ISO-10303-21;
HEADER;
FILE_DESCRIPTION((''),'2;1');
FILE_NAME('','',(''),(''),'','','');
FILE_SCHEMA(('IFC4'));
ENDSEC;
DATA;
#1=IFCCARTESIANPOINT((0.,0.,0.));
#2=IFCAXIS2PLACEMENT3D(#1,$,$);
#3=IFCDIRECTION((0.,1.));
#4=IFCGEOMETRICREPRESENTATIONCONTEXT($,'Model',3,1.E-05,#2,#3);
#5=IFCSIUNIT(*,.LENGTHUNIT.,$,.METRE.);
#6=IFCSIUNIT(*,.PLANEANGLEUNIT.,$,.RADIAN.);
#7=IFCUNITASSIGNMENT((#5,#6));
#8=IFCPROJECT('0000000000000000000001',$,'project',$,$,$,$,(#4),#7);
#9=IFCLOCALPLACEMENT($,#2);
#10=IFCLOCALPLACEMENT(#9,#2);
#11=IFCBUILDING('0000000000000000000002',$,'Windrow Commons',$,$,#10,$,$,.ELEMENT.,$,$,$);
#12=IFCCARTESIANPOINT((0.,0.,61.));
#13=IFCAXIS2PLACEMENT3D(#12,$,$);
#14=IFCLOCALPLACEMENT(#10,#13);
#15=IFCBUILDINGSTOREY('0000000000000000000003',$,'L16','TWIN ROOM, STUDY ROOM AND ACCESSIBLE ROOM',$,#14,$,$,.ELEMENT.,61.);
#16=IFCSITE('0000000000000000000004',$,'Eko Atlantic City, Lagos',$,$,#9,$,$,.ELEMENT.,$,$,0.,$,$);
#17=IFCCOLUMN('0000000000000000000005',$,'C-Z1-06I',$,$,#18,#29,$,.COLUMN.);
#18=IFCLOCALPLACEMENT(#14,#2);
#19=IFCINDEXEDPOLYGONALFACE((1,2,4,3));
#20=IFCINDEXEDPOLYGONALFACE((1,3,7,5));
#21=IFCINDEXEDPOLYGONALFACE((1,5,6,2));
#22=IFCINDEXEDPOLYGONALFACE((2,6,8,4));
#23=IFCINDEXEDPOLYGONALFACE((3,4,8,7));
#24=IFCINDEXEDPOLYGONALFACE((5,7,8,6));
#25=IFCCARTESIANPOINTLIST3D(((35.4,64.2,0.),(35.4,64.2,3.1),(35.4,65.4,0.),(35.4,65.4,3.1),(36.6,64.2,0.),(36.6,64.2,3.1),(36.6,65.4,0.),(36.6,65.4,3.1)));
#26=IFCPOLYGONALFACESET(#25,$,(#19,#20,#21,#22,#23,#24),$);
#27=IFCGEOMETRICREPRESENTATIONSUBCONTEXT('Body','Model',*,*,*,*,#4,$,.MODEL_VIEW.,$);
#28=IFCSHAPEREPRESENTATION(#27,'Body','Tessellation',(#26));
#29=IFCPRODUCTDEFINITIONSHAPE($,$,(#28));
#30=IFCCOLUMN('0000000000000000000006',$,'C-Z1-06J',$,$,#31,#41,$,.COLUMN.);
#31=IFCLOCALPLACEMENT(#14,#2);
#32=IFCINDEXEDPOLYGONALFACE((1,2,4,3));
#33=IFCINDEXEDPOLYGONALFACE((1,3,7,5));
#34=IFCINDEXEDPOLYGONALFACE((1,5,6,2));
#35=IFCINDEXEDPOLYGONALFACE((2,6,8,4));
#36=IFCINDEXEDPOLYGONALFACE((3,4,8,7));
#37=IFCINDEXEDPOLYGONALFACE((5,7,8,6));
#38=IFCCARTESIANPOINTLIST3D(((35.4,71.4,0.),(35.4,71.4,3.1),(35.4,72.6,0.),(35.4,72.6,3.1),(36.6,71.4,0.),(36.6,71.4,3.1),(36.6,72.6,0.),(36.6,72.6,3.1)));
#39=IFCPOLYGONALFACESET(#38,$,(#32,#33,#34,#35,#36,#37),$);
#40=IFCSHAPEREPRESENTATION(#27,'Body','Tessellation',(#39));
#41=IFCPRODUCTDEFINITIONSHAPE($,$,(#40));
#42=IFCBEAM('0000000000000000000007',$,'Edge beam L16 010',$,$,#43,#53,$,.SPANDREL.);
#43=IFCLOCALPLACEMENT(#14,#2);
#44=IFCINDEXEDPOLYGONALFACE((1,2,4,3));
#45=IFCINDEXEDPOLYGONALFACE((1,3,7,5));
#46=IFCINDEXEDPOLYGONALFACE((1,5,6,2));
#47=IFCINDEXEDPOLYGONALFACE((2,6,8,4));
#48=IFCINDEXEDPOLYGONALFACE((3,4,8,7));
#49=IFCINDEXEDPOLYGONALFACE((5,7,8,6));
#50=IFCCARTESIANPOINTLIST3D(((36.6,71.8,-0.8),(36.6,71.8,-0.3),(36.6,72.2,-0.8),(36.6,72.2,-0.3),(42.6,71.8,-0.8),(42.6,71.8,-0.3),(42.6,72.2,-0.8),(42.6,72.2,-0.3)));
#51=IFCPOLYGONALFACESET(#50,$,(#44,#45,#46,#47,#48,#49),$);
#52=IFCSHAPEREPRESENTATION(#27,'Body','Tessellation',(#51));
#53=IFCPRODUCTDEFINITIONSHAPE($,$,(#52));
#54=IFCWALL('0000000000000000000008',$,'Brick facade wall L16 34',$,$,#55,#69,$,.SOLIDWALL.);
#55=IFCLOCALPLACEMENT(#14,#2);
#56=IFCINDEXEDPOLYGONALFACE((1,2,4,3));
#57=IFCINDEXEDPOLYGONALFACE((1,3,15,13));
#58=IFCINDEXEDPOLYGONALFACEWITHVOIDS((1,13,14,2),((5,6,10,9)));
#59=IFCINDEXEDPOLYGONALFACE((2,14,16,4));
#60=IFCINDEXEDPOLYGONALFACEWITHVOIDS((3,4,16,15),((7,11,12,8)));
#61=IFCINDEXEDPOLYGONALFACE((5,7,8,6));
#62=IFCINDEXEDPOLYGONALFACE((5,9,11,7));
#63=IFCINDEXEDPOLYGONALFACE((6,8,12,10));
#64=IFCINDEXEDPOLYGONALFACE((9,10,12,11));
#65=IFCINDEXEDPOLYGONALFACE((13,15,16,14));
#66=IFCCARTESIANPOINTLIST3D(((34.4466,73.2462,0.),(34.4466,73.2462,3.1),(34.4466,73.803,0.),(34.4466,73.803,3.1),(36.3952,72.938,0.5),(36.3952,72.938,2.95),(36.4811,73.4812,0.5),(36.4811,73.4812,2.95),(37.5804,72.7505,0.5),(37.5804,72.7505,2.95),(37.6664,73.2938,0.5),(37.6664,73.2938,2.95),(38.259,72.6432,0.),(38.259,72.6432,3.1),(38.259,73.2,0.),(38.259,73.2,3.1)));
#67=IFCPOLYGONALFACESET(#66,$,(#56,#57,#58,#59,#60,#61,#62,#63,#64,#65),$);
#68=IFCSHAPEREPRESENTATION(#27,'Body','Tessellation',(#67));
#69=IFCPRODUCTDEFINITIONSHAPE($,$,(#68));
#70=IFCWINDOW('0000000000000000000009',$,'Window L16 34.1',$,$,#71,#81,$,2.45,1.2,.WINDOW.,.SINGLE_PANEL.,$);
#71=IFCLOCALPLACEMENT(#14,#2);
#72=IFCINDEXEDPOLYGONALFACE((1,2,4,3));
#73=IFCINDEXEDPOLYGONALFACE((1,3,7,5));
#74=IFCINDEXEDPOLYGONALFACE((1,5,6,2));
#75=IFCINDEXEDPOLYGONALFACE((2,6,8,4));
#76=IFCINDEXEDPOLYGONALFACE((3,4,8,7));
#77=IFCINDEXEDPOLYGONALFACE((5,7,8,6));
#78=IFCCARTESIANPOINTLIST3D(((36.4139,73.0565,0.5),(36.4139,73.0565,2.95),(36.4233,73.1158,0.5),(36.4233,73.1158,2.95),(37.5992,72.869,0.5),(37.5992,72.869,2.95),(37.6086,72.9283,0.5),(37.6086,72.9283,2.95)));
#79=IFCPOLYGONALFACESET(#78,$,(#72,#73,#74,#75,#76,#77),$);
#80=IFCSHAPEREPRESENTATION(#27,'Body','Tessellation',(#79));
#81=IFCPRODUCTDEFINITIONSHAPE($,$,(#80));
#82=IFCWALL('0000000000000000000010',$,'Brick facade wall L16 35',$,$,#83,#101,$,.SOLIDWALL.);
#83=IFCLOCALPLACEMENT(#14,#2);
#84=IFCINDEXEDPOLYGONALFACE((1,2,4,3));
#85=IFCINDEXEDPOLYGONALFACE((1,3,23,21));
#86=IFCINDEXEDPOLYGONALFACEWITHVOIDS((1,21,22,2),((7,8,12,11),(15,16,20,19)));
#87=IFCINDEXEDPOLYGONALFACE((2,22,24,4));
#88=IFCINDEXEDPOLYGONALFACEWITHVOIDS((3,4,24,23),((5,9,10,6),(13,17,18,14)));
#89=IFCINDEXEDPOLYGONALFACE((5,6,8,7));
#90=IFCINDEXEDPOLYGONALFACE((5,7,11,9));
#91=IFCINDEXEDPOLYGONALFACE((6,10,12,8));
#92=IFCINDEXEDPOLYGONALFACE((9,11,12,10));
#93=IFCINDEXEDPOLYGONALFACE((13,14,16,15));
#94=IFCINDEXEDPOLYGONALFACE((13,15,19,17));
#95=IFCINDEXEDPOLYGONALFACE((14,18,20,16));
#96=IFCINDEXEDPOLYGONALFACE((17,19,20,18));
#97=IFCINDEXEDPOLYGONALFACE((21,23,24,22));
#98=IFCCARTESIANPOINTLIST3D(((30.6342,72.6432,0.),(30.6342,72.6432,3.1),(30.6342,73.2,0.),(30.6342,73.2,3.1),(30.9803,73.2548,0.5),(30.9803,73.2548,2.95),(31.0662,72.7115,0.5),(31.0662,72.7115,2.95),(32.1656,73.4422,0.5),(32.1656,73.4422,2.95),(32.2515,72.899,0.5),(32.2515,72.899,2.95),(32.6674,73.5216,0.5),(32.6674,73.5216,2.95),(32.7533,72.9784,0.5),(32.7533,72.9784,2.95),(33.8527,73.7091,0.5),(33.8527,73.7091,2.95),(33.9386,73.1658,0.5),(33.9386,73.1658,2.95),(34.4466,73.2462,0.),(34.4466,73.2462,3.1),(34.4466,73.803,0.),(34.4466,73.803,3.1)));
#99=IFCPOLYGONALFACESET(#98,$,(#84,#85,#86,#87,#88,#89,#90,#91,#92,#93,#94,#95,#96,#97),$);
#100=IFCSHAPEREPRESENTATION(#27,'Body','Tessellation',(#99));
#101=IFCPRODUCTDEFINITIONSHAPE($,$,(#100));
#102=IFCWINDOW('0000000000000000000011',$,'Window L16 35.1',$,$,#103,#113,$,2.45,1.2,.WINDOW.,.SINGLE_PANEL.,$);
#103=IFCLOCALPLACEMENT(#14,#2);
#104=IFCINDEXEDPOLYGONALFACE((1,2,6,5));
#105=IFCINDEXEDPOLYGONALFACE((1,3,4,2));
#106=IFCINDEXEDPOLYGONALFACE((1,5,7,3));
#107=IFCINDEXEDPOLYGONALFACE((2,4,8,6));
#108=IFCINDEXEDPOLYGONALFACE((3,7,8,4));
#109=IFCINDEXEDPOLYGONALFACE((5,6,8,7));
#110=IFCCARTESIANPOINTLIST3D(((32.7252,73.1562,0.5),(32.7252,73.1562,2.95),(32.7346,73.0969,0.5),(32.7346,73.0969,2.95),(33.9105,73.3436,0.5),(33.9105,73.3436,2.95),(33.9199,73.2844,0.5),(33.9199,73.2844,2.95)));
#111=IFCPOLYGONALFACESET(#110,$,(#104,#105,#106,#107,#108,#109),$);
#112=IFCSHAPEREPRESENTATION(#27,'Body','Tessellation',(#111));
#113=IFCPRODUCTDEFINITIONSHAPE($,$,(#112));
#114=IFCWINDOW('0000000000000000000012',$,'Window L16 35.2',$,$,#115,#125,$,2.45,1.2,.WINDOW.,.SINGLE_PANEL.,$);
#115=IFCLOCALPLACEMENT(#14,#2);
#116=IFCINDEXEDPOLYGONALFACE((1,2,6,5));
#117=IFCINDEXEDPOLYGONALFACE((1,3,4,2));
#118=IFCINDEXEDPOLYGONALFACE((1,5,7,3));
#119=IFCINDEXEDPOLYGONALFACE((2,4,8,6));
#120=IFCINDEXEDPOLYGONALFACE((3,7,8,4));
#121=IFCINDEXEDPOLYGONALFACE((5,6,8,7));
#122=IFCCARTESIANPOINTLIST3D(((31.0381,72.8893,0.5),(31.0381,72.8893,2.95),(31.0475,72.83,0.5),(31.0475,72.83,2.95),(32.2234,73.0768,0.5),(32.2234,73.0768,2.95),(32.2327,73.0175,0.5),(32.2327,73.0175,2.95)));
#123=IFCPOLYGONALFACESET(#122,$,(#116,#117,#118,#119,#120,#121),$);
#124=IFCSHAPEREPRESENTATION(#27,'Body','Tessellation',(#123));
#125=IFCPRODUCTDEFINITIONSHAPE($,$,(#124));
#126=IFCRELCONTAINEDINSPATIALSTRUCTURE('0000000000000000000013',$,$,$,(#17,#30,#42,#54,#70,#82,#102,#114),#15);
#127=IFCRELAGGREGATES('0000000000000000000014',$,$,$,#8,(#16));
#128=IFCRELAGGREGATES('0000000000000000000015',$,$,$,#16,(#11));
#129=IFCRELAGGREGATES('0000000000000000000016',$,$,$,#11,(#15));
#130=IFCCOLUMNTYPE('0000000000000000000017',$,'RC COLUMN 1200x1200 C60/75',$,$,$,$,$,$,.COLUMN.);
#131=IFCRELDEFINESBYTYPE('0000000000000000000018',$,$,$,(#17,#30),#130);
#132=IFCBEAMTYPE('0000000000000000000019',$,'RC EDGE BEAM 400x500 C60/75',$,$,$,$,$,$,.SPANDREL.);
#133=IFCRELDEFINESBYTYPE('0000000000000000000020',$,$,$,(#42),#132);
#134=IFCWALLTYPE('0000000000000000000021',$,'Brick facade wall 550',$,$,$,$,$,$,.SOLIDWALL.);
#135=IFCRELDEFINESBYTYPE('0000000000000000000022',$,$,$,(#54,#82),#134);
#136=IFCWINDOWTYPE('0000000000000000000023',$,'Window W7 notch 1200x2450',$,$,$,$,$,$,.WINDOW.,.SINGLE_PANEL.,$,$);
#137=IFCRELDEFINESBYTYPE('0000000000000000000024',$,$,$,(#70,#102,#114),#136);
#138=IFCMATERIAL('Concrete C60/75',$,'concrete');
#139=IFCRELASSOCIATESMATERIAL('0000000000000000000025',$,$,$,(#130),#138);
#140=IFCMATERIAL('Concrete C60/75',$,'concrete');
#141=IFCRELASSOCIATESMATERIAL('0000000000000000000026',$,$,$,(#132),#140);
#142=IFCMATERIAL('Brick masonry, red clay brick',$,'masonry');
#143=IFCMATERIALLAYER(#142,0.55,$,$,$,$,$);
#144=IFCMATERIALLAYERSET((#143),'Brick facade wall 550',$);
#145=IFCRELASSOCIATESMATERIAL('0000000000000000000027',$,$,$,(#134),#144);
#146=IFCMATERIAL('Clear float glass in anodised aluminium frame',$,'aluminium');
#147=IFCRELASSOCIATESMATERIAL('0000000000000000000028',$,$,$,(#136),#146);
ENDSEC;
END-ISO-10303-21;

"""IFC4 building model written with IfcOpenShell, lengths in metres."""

from ifc_helpers import new_model, si_unit, direction, frame, frame_2d, origin, origin_2d, place, context, subcontext, project, spatial, polyline, rectangle, outline, extrude, material, layer, layer_set, material_profile, profile_set, type_object, element, fill, save


model = new_model("IFC4")

# Units and contexts
model_context = context("Model", 3, precision=1e-05, world=origin(), true_north=direction((0.0, 1.0)))
body_context = subcontext(model_context, "Body", "Model", "MODEL_VIEW")
ifc_project = project(units=[si_unit("LENGTHUNIT", "METRE"), si_unit("PLANEANGLEUNIT", "RADIAN")], contexts=[model_context])

# Site, building, storey
site_placement = place(None, origin())
site = spatial("IfcSite", under=ifc_project, at=site_placement, Name="Eko Atlantic City, Lagos", CompositionType="ELEMENT", RefElevation=0.0)
building_placement = place(site_placement, origin())
building = spatial("IfcBuilding", under=site, at=building_placement, Name="Windrow Commons", CompositionType="ELEMENT")
storey_placement = place(building_placement, frame((0.0, 0.0, 61.0)))
storey = spatial("IfcBuildingStorey", under=building, at=storey_placement, Name="L16", Description="TWIN ROOM, STUDY ROOM AND ACCESSIBLE ROOM", CompositionType="ELEMENT", Elevation=61.0)

# Columns
ifc_material_1 = material(Name="Concrete C60/75", Category="concrete")
ifc_material_profile_1 = material_profile(ifc_material_1, rectangle(XDim=1.2, YDim=1.2, at=origin_2d()))
ifc_profile_set_1 = profile_set([ifc_material_profile_1], Name="Concrete C60/75")
column_type = type_object("IfcColumnType", Name="RC COLUMN 1200x1200 C60/75", PredefinedType="COLUMN", material=ifc_profile_set_1)
for number, where, z_axis, x_axis, name in (
    (1, (36.0, 64.8, 0.0), (0.0, 0.0, 1.0), (1.0, 0.0, 0.0), "C-Z1-06I"),
    (2, (36.0, 72.0, 0.0), (0.0, 0.0, 1.0), (1.0, 0.0, 0.0), "C-Z1-06J"),
):
    element("IfcColumn", number, at=place(storey_placement, frame(where, z_axis=z_axis, x_axis=x_axis)), inside=storey, type_object=column_type, Name=name, PredefinedType="COLUMN", context=body_context, shape_type="SweptSolid", body=[
        extrude(rectangle(XDim=1.2, YDim=1.2, at=origin_2d()), origin(), (0.0, 0.0, 1.0), 3.1),
    ])

# Beam
ifc_material_2 = material(Name="Concrete C60/75", Category="concrete")
ifc_material_profile_2 = material_profile(ifc_material_2, rectangle(XDim=0.4, YDim=0.5, at=origin_2d()))
ifc_profile_set_2 = profile_set([ifc_material_profile_2], Name="Concrete C60/75")
beam_type = type_object("IfcBeamType", Name="RC EDGE BEAM 400x500 C60/75", PredefinedType="SPANDREL", material=ifc_profile_set_2)
beam_placement = place(storey_placement, frame((36.6, 72.0, -0.55), z_axis=(1.0, 0.0, 0.0), x_axis=(0.0, 1.0, 0.0)))
element("IfcBeam", 3, at=beam_placement, inside=storey, type_object=beam_type, Name="Edge beam L16 010", PredefinedType="SPANDREL", context=body_context, shape_type="SweptSolid", body=[
    extrude(rectangle(XDim=0.4, YDim=0.5, at=origin_2d()), origin(), (0.0, 0.0, 1.0), 6.0),
])

# Wall, opening, window
ifc_material_3 = material(Name="Brick masonry, red clay brick", Category="masonry")
ifc_layer_1 = layer(ifc_material_3, 0.55)
ifc_layer_set_1 = layer_set([ifc_layer_1], Name="Brick facade wall 550")
wall_type_1 = type_object("IfcWallType", Name="Brick facade wall 550", PredefinedType="SOLIDWALL", material=ifc_layer_set_1)
wall_1_placement = place(storey_placement, frame((38.259, 72.9216, 0.0), z_axis=(0.0, 0.0, 1.0), x_axis=(-0.987721, 0.156226, 0.0)))
wall_1 = element("IfcWall", 4, at=wall_1_placement, inside=storey, type_object=wall_type_1, Name="Brick facade wall L16 34", PredefinedType="SOLIDWALL", context=body_context, shape_type="SweptSolid", body=[
    extrude(outline(polyline([(0.0435, -0.275), (3.9033, -0.275), (3.8163, 0.275), (-0.0435, 0.275), (0.0435, -0.275)])), origin(), (0.0, 0.0, 1.0), 3.1),
])
opening_1_placement = place(wall_1_placement, frame((0.6435, 0.0, 0.5)))
opening_1 = element("IfcOpeningElement", 5, at=opening_1_placement, cuts=wall_1, PredefinedType="OPENING", context=body_context, shape_type="SweptSolid", body=[
    extrude(rectangle(XDim=1.2, YDim=2.45, at=frame_2d((0.6, 1.225))), frame((0.0, 0.285, 0.0), z_axis=(0.0, -1.0, 0.0), x_axis=(1.0, 0.0, 0.0)), (0.0, 0.0, 1.0), 0.57),
])
ifc_material_4 = material(Name="Clear float glass in anodised aluminium frame", Category="aluminium")
window_type = type_object("IfcWindowType", Name="Window W7 notch 1200x2450", PartitioningType="SINGLE_PANEL", PredefinedType="WINDOW", material=ifc_material_4)
window_1_placement = place(opening_1_placement, origin())
window_1 = element("IfcWindow", 6, at=window_1_placement, inside=storey, type_object=window_type, Name="Window L16 34.1", OverallHeight=2.45, OverallWidth=1.2, PartitioningType="SINGLE_PANEL", PredefinedType="WINDOW", context=body_context, shape_type="SweptSolid", body=[
    extrude(rectangle(XDim=1.2, YDim=2.45, at=frame_2d((0.6, 1.225))), frame((0.0, 0.155, 0.0), z_axis=(0.0, -1.0, 0.0), x_axis=(1.0, 0.0, 0.0)), (0.0, 0.0, 1.0), 0.06),
])
fill(opening_1, window_1)

# Wall, openings, windows
wall_2_placement = place(storey_placement, frame((34.4466, 73.5246, 0.0), z_axis=(0.0, 0.0, 1.0), x_axis=(-0.987721, -0.156226, 0.0)))
wall_2 = element("IfcWall", 7, at=wall_2_placement, inside=storey, type_object=wall_type_1, Name="Brick facade wall L16 35", PredefinedType="SOLIDWALL", context=body_context, shape_type="SweptSolid", body=[
    extrude(outline(polyline([(-0.0435, -0.275), (3.8163, -0.275), (3.9033, 0.275), (0.0435, 0.275), (-0.0435, -0.275)])), origin(), (0.0, 0.0, 1.0), 3.1),
])
opening_2_placement = place(wall_2_placement, frame((0.5578, 0.0, 0.5)))
opening_2 = element("IfcOpeningElement", 8, at=opening_2_placement, cuts=wall_2, PredefinedType="OPENING", context=body_context, shape_type="SweptSolid", body=[
    extrude(rectangle(XDim=1.2, YDim=2.45, at=frame_2d((0.6, 1.225))), frame((0.0, 0.285, 0.0), z_axis=(0.0, -1.0, 0.0), x_axis=(1.0, 0.0, 0.0)), (0.0, 0.0, 1.0), 0.57),
])
opening_3_placement = place(wall_2_placement, frame((2.2659, 0.0, 0.5)))
opening_3 = element("IfcOpeningElement", 9, at=opening_3_placement, cuts=wall_2, PredefinedType="OPENING", context=body_context, shape_type="SweptSolid", body=[
    extrude(rectangle(XDim=1.2, YDim=2.45, at=frame_2d((0.6, 1.225))), frame((0.0, 0.285, 0.0), z_axis=(0.0, -1.0, 0.0), x_axis=(1.0, 0.0, 0.0)), (0.0, 0.0, 1.0), 0.57),
])
window_2_placement = place(opening_2_placement, origin())
window_2 = element("IfcWindow", 10, at=window_2_placement, inside=storey, type_object=window_type, Name="Window L16 35.1", OverallHeight=2.45, OverallWidth=1.2, PartitioningType="SINGLE_PANEL", PredefinedType="WINDOW", context=body_context, shape_type="SweptSolid", body=[
    extrude(rectangle(XDim=1.2, YDim=2.45, at=frame_2d((0.6, 1.225))), frame((0.0, 0.155, 0.0), z_axis=(0.0, -1.0, 0.0), x_axis=(1.0, 0.0, 0.0)), (0.0, 0.0, 1.0), 0.06),
])
fill(opening_2, window_2)
window_3_placement = place(opening_3_placement, origin())
window_3 = element("IfcWindow", 11, at=window_3_placement, inside=storey, type_object=window_type, Name="Window L16 35.2", OverallHeight=2.45, OverallWidth=1.2, PartitioningType="SINGLE_PANEL", PredefinedType="WINDOW", context=body_context, shape_type="SweptSolid", body=[
    extrude(rectangle(XDim=1.2, YDim=2.45, at=frame_2d((0.6, 1.225))), frame((0.0, 0.155, 0.0), z_axis=(0.0, -1.0, 0.0), x_axis=(1.0, 0.0, 0.0)), (0.0, 0.0, 1.0), 0.06),
])
fill(opening_3, window_3)

save(model, "model.ifc")
